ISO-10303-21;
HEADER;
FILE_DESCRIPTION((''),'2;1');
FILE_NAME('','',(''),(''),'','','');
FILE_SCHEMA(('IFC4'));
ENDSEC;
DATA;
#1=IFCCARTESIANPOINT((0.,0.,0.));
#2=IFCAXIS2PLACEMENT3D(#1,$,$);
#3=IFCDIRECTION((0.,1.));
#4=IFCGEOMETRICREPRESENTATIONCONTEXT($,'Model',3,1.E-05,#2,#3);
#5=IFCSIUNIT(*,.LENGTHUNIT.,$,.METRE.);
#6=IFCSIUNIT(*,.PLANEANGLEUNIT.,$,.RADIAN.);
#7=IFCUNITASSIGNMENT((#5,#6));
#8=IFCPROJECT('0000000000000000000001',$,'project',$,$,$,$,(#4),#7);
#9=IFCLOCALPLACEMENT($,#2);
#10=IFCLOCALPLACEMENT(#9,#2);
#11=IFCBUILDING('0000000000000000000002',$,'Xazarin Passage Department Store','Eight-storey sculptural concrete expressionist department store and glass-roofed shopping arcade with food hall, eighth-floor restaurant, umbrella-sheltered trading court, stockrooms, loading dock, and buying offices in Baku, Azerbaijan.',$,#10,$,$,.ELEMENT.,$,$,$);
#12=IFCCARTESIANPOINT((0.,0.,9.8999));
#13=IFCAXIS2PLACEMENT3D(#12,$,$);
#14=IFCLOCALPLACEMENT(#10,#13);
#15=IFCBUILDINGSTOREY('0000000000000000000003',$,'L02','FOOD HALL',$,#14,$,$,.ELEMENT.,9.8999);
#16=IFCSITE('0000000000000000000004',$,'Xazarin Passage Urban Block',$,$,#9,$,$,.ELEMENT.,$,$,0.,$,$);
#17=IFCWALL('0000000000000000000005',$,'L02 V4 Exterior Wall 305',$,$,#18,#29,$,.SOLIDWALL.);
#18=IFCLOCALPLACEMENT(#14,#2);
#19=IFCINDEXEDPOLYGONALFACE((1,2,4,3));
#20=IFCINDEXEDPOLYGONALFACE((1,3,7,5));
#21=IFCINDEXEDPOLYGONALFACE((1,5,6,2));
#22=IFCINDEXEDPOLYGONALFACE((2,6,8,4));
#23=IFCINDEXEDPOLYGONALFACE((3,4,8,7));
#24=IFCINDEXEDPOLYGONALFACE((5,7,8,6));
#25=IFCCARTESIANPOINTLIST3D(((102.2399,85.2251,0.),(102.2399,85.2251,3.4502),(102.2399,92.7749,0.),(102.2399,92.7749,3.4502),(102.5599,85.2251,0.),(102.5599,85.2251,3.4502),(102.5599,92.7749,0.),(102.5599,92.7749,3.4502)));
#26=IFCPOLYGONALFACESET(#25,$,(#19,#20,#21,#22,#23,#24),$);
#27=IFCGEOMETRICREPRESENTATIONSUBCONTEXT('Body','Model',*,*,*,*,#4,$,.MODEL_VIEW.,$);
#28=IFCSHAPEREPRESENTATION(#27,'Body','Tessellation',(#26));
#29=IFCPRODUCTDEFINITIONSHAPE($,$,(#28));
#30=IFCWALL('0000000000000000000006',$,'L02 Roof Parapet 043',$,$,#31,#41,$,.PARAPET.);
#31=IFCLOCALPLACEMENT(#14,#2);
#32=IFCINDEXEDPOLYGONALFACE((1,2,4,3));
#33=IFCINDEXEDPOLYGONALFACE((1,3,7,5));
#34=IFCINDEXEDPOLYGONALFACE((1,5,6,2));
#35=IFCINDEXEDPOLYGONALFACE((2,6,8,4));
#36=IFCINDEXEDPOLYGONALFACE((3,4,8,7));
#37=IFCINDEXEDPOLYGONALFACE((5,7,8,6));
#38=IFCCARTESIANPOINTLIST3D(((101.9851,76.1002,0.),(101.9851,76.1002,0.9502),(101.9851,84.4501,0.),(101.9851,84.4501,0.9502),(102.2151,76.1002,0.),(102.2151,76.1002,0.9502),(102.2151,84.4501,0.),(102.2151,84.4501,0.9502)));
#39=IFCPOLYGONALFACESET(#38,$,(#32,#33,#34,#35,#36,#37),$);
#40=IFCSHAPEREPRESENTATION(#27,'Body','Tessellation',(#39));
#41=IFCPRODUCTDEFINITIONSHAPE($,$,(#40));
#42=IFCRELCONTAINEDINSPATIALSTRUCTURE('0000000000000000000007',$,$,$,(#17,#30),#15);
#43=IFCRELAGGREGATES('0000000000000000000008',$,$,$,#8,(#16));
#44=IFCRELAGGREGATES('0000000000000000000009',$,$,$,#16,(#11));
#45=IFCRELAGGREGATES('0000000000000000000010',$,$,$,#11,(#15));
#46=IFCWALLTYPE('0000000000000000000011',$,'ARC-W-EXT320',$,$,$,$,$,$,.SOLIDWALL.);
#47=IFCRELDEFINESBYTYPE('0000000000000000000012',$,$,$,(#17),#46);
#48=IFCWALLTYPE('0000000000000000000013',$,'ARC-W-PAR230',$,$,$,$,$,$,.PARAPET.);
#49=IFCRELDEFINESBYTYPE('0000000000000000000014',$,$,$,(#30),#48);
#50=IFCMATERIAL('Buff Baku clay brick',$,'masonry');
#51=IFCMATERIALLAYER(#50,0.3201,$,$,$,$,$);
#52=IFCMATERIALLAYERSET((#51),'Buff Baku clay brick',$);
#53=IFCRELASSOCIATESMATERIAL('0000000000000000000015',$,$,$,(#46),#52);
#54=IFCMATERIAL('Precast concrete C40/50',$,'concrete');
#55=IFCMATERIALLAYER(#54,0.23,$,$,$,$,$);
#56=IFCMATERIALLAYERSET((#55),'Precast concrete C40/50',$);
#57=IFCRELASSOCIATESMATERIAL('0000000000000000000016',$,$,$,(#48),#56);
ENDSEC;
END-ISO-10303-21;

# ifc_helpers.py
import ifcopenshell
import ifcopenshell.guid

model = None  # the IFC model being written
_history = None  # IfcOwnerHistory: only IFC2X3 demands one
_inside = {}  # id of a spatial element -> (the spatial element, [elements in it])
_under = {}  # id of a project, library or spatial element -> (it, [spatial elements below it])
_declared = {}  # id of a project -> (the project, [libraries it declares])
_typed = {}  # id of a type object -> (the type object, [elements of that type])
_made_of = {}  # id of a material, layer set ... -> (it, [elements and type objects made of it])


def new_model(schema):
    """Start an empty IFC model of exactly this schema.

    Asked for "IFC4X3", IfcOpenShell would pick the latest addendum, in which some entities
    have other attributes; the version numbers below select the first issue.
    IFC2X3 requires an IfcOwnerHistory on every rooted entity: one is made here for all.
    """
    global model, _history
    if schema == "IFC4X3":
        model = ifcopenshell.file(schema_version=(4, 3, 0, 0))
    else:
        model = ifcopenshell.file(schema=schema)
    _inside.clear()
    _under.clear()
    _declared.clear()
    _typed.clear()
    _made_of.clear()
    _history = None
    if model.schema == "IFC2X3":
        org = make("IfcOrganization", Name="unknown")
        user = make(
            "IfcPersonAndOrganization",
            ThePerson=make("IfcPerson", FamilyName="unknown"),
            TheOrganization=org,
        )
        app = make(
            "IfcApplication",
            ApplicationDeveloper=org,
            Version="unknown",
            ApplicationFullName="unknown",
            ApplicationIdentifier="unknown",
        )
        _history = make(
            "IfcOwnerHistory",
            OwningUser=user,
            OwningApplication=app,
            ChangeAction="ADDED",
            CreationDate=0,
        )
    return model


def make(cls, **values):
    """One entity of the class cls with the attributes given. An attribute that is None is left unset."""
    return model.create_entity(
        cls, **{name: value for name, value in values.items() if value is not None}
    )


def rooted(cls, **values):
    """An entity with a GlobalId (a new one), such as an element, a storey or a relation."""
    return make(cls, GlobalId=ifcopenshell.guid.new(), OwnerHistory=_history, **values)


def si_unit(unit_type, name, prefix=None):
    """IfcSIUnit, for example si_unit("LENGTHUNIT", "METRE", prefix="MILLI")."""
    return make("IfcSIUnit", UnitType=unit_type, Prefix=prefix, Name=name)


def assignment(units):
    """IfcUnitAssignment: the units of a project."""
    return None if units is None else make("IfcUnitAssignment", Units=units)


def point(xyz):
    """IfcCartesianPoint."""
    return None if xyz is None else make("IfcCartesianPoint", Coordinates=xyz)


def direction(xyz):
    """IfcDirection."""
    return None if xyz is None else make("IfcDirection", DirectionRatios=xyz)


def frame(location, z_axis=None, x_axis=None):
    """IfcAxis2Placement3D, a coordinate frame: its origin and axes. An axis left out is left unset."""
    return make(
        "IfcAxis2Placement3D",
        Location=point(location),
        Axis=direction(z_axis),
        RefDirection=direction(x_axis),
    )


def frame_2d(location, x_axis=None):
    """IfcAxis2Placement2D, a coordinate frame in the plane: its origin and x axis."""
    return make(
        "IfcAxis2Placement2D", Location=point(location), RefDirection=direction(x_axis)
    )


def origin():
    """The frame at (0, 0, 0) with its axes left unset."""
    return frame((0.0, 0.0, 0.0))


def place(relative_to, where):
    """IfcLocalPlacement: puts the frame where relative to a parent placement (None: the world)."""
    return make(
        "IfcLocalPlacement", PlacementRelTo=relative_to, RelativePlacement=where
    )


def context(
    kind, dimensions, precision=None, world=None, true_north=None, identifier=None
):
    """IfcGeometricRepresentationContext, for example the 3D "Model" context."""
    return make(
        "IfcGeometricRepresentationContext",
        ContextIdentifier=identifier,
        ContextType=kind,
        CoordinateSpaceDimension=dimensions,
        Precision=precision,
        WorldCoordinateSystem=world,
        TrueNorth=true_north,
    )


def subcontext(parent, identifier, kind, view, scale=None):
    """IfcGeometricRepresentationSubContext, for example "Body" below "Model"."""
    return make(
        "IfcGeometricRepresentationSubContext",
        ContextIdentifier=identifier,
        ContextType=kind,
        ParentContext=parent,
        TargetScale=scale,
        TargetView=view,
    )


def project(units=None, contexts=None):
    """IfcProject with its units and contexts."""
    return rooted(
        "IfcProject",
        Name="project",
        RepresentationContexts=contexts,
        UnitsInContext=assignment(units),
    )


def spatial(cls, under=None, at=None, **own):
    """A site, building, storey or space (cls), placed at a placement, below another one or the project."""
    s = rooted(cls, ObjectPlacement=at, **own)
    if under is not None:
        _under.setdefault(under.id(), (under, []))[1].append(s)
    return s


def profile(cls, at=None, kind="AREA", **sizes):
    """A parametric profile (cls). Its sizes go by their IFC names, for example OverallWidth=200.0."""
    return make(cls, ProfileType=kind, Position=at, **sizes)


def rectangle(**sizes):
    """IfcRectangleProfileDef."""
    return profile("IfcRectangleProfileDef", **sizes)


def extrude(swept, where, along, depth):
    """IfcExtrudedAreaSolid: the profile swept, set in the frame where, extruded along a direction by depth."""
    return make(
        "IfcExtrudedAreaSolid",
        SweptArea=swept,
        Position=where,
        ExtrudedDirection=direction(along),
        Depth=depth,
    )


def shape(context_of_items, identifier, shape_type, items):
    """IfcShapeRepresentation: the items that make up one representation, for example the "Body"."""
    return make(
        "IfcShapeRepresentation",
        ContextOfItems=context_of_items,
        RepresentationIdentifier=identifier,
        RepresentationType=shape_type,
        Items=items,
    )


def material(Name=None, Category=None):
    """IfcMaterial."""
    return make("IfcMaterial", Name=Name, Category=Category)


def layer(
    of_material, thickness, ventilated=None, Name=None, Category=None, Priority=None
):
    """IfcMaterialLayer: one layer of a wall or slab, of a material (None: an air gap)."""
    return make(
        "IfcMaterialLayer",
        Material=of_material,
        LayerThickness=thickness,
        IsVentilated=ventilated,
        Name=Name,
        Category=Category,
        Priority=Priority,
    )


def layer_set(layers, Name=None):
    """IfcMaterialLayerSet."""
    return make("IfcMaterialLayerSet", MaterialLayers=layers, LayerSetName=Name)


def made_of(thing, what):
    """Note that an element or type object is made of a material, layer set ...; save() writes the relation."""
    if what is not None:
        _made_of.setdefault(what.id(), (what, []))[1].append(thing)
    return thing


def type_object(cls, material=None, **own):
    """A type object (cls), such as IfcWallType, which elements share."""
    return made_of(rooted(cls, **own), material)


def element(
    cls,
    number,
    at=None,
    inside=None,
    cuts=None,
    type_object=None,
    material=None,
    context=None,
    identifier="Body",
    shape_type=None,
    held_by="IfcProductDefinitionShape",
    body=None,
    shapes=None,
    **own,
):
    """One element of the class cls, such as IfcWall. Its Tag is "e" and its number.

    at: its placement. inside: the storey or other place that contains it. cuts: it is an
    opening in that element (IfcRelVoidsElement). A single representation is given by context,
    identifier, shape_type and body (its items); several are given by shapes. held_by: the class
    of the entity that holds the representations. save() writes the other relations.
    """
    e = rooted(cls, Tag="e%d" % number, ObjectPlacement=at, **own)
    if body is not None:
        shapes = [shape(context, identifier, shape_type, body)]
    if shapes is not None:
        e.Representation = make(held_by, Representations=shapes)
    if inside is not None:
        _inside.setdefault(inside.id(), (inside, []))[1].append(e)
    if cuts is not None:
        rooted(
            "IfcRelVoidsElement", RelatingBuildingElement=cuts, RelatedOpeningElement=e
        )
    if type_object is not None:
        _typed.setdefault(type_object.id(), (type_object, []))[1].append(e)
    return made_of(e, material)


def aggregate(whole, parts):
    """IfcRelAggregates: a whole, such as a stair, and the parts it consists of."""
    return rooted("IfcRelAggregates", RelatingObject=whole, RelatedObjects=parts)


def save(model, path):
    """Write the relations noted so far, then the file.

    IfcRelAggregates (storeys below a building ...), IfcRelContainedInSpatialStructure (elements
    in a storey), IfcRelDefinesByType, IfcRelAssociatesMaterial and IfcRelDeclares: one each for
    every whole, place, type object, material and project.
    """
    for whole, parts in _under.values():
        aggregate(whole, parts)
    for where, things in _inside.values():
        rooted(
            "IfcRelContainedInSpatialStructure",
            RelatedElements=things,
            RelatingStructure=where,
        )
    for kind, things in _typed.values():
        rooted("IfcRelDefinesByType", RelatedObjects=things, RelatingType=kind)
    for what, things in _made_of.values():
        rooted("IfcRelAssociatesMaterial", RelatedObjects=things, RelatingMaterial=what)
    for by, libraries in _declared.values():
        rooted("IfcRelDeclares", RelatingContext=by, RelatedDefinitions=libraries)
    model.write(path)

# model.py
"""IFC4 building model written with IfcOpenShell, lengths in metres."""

from ifc_helpers import new_model, si_unit, direction, frame, frame_2d, origin, place, context, subcontext, project, spatial, rectangle, extrude, material, layer, layer_set, type_object, element, save


model = new_model("IFC4")

# Units and contexts
model_context = context("Model", 3, precision=1e-05, world=origin(), true_north=direction((0.0, 1.0)))
body_context = subcontext(model_context, "Body", "Model", "MODEL_VIEW")
ifc_project = project(units=[si_unit("LENGTHUNIT", "METRE"), si_unit("PLANEANGLEUNIT", "RADIAN")], contexts=[model_context])

# Site, building, storey
site_placement = place(None, origin())
site = spatial("IfcSite", under=ifc_project, at=site_placement, Name="Xazarin Passage Urban Block", CompositionType="ELEMENT", RefElevation=0.0)
building_placement = place(site_placement, origin())
building = spatial("IfcBuilding", under=site, at=building_placement, Name="Xazarin Passage Department Store", Description="Eight-storey sculptural concrete expressionist department store and glass-roofed shopping arcade with food hall, eighth-floor restaurant, umbrella-sheltered trading court, stockrooms, loading dock, and buying offices in Baku, Azerbaijan.", CompositionType="ELEMENT")
storey_placement = place(building_placement, frame((0.0, 0.0, 9.8999)))
storey = spatial("IfcBuildingStorey", under=building, at=storey_placement, Name="L02", Description="FOOD HALL", CompositionType="ELEMENT", Elevation=9.8999)

# Shared definitions
ifc_material_1 = material(Name="Precast concrete C40/50", Category="concrete")
ifc_material_2 = material(Name="Buff Baku clay brick", Category="masonry")
ifc_layer_1 = layer(ifc_material_2, 0.3201)
ifc_layer_set_1 = layer_set([ifc_layer_1], Name="Buff Baku clay brick")
wall_type_1 = type_object("IfcWallType", Name="ARC-W-EXT320", PredefinedType="SOLIDWALL", material=ifc_layer_set_1)

# Walls
wall_1_placement = place(storey_placement, frame((102.3999, 85.2251, 0.0), z_axis=(0.0, 0.0, 1.0), x_axis=(0.0, 1.0, 0.0)))
element("IfcWall", 1, at=wall_1_placement, inside=storey, type_object=wall_type_1, Name="L02 V4 Exterior Wall 305", PredefinedType="SOLIDWALL", context=body_context, shape_type="SweptSolid", body=[
    extrude(rectangle(XDim=7.5498, YDim=0.3201, at=frame_2d((3.7749, 0.0))), origin(), (0.0, 0.0, 1.0), 3.4502),
])
ifc_layer_2 = layer(ifc_material_1, 0.23)
ifc_layer_set_2 = layer_set([ifc_layer_2], Name="Precast concrete C40/50")
wall_type_2 = type_object("IfcWallType", Name="ARC-W-PAR230", PredefinedType="PARAPET", material=ifc_layer_set_2)
wall_2_placement = place(storey_placement, frame((102.1001, 84.45, 0.0), z_axis=(0.0, 0.0, 1.0), x_axis=(0.0, -1.0, 0.0)))
element("IfcWall", 2, at=wall_2_placement, inside=storey, type_object=wall_type_2, Name="L02 Roof Parapet 043", PredefinedType="PARAPET", context=body_context, shape_type="SweptSolid", body=[
    extrude(rectangle(XDim=8.3499, YDim=0.23, at=frame_2d((4.1748, 0.0))), origin(), (0.0, 0.0, 1.0), 0.9502),
])

save(model, "model.ifc")
